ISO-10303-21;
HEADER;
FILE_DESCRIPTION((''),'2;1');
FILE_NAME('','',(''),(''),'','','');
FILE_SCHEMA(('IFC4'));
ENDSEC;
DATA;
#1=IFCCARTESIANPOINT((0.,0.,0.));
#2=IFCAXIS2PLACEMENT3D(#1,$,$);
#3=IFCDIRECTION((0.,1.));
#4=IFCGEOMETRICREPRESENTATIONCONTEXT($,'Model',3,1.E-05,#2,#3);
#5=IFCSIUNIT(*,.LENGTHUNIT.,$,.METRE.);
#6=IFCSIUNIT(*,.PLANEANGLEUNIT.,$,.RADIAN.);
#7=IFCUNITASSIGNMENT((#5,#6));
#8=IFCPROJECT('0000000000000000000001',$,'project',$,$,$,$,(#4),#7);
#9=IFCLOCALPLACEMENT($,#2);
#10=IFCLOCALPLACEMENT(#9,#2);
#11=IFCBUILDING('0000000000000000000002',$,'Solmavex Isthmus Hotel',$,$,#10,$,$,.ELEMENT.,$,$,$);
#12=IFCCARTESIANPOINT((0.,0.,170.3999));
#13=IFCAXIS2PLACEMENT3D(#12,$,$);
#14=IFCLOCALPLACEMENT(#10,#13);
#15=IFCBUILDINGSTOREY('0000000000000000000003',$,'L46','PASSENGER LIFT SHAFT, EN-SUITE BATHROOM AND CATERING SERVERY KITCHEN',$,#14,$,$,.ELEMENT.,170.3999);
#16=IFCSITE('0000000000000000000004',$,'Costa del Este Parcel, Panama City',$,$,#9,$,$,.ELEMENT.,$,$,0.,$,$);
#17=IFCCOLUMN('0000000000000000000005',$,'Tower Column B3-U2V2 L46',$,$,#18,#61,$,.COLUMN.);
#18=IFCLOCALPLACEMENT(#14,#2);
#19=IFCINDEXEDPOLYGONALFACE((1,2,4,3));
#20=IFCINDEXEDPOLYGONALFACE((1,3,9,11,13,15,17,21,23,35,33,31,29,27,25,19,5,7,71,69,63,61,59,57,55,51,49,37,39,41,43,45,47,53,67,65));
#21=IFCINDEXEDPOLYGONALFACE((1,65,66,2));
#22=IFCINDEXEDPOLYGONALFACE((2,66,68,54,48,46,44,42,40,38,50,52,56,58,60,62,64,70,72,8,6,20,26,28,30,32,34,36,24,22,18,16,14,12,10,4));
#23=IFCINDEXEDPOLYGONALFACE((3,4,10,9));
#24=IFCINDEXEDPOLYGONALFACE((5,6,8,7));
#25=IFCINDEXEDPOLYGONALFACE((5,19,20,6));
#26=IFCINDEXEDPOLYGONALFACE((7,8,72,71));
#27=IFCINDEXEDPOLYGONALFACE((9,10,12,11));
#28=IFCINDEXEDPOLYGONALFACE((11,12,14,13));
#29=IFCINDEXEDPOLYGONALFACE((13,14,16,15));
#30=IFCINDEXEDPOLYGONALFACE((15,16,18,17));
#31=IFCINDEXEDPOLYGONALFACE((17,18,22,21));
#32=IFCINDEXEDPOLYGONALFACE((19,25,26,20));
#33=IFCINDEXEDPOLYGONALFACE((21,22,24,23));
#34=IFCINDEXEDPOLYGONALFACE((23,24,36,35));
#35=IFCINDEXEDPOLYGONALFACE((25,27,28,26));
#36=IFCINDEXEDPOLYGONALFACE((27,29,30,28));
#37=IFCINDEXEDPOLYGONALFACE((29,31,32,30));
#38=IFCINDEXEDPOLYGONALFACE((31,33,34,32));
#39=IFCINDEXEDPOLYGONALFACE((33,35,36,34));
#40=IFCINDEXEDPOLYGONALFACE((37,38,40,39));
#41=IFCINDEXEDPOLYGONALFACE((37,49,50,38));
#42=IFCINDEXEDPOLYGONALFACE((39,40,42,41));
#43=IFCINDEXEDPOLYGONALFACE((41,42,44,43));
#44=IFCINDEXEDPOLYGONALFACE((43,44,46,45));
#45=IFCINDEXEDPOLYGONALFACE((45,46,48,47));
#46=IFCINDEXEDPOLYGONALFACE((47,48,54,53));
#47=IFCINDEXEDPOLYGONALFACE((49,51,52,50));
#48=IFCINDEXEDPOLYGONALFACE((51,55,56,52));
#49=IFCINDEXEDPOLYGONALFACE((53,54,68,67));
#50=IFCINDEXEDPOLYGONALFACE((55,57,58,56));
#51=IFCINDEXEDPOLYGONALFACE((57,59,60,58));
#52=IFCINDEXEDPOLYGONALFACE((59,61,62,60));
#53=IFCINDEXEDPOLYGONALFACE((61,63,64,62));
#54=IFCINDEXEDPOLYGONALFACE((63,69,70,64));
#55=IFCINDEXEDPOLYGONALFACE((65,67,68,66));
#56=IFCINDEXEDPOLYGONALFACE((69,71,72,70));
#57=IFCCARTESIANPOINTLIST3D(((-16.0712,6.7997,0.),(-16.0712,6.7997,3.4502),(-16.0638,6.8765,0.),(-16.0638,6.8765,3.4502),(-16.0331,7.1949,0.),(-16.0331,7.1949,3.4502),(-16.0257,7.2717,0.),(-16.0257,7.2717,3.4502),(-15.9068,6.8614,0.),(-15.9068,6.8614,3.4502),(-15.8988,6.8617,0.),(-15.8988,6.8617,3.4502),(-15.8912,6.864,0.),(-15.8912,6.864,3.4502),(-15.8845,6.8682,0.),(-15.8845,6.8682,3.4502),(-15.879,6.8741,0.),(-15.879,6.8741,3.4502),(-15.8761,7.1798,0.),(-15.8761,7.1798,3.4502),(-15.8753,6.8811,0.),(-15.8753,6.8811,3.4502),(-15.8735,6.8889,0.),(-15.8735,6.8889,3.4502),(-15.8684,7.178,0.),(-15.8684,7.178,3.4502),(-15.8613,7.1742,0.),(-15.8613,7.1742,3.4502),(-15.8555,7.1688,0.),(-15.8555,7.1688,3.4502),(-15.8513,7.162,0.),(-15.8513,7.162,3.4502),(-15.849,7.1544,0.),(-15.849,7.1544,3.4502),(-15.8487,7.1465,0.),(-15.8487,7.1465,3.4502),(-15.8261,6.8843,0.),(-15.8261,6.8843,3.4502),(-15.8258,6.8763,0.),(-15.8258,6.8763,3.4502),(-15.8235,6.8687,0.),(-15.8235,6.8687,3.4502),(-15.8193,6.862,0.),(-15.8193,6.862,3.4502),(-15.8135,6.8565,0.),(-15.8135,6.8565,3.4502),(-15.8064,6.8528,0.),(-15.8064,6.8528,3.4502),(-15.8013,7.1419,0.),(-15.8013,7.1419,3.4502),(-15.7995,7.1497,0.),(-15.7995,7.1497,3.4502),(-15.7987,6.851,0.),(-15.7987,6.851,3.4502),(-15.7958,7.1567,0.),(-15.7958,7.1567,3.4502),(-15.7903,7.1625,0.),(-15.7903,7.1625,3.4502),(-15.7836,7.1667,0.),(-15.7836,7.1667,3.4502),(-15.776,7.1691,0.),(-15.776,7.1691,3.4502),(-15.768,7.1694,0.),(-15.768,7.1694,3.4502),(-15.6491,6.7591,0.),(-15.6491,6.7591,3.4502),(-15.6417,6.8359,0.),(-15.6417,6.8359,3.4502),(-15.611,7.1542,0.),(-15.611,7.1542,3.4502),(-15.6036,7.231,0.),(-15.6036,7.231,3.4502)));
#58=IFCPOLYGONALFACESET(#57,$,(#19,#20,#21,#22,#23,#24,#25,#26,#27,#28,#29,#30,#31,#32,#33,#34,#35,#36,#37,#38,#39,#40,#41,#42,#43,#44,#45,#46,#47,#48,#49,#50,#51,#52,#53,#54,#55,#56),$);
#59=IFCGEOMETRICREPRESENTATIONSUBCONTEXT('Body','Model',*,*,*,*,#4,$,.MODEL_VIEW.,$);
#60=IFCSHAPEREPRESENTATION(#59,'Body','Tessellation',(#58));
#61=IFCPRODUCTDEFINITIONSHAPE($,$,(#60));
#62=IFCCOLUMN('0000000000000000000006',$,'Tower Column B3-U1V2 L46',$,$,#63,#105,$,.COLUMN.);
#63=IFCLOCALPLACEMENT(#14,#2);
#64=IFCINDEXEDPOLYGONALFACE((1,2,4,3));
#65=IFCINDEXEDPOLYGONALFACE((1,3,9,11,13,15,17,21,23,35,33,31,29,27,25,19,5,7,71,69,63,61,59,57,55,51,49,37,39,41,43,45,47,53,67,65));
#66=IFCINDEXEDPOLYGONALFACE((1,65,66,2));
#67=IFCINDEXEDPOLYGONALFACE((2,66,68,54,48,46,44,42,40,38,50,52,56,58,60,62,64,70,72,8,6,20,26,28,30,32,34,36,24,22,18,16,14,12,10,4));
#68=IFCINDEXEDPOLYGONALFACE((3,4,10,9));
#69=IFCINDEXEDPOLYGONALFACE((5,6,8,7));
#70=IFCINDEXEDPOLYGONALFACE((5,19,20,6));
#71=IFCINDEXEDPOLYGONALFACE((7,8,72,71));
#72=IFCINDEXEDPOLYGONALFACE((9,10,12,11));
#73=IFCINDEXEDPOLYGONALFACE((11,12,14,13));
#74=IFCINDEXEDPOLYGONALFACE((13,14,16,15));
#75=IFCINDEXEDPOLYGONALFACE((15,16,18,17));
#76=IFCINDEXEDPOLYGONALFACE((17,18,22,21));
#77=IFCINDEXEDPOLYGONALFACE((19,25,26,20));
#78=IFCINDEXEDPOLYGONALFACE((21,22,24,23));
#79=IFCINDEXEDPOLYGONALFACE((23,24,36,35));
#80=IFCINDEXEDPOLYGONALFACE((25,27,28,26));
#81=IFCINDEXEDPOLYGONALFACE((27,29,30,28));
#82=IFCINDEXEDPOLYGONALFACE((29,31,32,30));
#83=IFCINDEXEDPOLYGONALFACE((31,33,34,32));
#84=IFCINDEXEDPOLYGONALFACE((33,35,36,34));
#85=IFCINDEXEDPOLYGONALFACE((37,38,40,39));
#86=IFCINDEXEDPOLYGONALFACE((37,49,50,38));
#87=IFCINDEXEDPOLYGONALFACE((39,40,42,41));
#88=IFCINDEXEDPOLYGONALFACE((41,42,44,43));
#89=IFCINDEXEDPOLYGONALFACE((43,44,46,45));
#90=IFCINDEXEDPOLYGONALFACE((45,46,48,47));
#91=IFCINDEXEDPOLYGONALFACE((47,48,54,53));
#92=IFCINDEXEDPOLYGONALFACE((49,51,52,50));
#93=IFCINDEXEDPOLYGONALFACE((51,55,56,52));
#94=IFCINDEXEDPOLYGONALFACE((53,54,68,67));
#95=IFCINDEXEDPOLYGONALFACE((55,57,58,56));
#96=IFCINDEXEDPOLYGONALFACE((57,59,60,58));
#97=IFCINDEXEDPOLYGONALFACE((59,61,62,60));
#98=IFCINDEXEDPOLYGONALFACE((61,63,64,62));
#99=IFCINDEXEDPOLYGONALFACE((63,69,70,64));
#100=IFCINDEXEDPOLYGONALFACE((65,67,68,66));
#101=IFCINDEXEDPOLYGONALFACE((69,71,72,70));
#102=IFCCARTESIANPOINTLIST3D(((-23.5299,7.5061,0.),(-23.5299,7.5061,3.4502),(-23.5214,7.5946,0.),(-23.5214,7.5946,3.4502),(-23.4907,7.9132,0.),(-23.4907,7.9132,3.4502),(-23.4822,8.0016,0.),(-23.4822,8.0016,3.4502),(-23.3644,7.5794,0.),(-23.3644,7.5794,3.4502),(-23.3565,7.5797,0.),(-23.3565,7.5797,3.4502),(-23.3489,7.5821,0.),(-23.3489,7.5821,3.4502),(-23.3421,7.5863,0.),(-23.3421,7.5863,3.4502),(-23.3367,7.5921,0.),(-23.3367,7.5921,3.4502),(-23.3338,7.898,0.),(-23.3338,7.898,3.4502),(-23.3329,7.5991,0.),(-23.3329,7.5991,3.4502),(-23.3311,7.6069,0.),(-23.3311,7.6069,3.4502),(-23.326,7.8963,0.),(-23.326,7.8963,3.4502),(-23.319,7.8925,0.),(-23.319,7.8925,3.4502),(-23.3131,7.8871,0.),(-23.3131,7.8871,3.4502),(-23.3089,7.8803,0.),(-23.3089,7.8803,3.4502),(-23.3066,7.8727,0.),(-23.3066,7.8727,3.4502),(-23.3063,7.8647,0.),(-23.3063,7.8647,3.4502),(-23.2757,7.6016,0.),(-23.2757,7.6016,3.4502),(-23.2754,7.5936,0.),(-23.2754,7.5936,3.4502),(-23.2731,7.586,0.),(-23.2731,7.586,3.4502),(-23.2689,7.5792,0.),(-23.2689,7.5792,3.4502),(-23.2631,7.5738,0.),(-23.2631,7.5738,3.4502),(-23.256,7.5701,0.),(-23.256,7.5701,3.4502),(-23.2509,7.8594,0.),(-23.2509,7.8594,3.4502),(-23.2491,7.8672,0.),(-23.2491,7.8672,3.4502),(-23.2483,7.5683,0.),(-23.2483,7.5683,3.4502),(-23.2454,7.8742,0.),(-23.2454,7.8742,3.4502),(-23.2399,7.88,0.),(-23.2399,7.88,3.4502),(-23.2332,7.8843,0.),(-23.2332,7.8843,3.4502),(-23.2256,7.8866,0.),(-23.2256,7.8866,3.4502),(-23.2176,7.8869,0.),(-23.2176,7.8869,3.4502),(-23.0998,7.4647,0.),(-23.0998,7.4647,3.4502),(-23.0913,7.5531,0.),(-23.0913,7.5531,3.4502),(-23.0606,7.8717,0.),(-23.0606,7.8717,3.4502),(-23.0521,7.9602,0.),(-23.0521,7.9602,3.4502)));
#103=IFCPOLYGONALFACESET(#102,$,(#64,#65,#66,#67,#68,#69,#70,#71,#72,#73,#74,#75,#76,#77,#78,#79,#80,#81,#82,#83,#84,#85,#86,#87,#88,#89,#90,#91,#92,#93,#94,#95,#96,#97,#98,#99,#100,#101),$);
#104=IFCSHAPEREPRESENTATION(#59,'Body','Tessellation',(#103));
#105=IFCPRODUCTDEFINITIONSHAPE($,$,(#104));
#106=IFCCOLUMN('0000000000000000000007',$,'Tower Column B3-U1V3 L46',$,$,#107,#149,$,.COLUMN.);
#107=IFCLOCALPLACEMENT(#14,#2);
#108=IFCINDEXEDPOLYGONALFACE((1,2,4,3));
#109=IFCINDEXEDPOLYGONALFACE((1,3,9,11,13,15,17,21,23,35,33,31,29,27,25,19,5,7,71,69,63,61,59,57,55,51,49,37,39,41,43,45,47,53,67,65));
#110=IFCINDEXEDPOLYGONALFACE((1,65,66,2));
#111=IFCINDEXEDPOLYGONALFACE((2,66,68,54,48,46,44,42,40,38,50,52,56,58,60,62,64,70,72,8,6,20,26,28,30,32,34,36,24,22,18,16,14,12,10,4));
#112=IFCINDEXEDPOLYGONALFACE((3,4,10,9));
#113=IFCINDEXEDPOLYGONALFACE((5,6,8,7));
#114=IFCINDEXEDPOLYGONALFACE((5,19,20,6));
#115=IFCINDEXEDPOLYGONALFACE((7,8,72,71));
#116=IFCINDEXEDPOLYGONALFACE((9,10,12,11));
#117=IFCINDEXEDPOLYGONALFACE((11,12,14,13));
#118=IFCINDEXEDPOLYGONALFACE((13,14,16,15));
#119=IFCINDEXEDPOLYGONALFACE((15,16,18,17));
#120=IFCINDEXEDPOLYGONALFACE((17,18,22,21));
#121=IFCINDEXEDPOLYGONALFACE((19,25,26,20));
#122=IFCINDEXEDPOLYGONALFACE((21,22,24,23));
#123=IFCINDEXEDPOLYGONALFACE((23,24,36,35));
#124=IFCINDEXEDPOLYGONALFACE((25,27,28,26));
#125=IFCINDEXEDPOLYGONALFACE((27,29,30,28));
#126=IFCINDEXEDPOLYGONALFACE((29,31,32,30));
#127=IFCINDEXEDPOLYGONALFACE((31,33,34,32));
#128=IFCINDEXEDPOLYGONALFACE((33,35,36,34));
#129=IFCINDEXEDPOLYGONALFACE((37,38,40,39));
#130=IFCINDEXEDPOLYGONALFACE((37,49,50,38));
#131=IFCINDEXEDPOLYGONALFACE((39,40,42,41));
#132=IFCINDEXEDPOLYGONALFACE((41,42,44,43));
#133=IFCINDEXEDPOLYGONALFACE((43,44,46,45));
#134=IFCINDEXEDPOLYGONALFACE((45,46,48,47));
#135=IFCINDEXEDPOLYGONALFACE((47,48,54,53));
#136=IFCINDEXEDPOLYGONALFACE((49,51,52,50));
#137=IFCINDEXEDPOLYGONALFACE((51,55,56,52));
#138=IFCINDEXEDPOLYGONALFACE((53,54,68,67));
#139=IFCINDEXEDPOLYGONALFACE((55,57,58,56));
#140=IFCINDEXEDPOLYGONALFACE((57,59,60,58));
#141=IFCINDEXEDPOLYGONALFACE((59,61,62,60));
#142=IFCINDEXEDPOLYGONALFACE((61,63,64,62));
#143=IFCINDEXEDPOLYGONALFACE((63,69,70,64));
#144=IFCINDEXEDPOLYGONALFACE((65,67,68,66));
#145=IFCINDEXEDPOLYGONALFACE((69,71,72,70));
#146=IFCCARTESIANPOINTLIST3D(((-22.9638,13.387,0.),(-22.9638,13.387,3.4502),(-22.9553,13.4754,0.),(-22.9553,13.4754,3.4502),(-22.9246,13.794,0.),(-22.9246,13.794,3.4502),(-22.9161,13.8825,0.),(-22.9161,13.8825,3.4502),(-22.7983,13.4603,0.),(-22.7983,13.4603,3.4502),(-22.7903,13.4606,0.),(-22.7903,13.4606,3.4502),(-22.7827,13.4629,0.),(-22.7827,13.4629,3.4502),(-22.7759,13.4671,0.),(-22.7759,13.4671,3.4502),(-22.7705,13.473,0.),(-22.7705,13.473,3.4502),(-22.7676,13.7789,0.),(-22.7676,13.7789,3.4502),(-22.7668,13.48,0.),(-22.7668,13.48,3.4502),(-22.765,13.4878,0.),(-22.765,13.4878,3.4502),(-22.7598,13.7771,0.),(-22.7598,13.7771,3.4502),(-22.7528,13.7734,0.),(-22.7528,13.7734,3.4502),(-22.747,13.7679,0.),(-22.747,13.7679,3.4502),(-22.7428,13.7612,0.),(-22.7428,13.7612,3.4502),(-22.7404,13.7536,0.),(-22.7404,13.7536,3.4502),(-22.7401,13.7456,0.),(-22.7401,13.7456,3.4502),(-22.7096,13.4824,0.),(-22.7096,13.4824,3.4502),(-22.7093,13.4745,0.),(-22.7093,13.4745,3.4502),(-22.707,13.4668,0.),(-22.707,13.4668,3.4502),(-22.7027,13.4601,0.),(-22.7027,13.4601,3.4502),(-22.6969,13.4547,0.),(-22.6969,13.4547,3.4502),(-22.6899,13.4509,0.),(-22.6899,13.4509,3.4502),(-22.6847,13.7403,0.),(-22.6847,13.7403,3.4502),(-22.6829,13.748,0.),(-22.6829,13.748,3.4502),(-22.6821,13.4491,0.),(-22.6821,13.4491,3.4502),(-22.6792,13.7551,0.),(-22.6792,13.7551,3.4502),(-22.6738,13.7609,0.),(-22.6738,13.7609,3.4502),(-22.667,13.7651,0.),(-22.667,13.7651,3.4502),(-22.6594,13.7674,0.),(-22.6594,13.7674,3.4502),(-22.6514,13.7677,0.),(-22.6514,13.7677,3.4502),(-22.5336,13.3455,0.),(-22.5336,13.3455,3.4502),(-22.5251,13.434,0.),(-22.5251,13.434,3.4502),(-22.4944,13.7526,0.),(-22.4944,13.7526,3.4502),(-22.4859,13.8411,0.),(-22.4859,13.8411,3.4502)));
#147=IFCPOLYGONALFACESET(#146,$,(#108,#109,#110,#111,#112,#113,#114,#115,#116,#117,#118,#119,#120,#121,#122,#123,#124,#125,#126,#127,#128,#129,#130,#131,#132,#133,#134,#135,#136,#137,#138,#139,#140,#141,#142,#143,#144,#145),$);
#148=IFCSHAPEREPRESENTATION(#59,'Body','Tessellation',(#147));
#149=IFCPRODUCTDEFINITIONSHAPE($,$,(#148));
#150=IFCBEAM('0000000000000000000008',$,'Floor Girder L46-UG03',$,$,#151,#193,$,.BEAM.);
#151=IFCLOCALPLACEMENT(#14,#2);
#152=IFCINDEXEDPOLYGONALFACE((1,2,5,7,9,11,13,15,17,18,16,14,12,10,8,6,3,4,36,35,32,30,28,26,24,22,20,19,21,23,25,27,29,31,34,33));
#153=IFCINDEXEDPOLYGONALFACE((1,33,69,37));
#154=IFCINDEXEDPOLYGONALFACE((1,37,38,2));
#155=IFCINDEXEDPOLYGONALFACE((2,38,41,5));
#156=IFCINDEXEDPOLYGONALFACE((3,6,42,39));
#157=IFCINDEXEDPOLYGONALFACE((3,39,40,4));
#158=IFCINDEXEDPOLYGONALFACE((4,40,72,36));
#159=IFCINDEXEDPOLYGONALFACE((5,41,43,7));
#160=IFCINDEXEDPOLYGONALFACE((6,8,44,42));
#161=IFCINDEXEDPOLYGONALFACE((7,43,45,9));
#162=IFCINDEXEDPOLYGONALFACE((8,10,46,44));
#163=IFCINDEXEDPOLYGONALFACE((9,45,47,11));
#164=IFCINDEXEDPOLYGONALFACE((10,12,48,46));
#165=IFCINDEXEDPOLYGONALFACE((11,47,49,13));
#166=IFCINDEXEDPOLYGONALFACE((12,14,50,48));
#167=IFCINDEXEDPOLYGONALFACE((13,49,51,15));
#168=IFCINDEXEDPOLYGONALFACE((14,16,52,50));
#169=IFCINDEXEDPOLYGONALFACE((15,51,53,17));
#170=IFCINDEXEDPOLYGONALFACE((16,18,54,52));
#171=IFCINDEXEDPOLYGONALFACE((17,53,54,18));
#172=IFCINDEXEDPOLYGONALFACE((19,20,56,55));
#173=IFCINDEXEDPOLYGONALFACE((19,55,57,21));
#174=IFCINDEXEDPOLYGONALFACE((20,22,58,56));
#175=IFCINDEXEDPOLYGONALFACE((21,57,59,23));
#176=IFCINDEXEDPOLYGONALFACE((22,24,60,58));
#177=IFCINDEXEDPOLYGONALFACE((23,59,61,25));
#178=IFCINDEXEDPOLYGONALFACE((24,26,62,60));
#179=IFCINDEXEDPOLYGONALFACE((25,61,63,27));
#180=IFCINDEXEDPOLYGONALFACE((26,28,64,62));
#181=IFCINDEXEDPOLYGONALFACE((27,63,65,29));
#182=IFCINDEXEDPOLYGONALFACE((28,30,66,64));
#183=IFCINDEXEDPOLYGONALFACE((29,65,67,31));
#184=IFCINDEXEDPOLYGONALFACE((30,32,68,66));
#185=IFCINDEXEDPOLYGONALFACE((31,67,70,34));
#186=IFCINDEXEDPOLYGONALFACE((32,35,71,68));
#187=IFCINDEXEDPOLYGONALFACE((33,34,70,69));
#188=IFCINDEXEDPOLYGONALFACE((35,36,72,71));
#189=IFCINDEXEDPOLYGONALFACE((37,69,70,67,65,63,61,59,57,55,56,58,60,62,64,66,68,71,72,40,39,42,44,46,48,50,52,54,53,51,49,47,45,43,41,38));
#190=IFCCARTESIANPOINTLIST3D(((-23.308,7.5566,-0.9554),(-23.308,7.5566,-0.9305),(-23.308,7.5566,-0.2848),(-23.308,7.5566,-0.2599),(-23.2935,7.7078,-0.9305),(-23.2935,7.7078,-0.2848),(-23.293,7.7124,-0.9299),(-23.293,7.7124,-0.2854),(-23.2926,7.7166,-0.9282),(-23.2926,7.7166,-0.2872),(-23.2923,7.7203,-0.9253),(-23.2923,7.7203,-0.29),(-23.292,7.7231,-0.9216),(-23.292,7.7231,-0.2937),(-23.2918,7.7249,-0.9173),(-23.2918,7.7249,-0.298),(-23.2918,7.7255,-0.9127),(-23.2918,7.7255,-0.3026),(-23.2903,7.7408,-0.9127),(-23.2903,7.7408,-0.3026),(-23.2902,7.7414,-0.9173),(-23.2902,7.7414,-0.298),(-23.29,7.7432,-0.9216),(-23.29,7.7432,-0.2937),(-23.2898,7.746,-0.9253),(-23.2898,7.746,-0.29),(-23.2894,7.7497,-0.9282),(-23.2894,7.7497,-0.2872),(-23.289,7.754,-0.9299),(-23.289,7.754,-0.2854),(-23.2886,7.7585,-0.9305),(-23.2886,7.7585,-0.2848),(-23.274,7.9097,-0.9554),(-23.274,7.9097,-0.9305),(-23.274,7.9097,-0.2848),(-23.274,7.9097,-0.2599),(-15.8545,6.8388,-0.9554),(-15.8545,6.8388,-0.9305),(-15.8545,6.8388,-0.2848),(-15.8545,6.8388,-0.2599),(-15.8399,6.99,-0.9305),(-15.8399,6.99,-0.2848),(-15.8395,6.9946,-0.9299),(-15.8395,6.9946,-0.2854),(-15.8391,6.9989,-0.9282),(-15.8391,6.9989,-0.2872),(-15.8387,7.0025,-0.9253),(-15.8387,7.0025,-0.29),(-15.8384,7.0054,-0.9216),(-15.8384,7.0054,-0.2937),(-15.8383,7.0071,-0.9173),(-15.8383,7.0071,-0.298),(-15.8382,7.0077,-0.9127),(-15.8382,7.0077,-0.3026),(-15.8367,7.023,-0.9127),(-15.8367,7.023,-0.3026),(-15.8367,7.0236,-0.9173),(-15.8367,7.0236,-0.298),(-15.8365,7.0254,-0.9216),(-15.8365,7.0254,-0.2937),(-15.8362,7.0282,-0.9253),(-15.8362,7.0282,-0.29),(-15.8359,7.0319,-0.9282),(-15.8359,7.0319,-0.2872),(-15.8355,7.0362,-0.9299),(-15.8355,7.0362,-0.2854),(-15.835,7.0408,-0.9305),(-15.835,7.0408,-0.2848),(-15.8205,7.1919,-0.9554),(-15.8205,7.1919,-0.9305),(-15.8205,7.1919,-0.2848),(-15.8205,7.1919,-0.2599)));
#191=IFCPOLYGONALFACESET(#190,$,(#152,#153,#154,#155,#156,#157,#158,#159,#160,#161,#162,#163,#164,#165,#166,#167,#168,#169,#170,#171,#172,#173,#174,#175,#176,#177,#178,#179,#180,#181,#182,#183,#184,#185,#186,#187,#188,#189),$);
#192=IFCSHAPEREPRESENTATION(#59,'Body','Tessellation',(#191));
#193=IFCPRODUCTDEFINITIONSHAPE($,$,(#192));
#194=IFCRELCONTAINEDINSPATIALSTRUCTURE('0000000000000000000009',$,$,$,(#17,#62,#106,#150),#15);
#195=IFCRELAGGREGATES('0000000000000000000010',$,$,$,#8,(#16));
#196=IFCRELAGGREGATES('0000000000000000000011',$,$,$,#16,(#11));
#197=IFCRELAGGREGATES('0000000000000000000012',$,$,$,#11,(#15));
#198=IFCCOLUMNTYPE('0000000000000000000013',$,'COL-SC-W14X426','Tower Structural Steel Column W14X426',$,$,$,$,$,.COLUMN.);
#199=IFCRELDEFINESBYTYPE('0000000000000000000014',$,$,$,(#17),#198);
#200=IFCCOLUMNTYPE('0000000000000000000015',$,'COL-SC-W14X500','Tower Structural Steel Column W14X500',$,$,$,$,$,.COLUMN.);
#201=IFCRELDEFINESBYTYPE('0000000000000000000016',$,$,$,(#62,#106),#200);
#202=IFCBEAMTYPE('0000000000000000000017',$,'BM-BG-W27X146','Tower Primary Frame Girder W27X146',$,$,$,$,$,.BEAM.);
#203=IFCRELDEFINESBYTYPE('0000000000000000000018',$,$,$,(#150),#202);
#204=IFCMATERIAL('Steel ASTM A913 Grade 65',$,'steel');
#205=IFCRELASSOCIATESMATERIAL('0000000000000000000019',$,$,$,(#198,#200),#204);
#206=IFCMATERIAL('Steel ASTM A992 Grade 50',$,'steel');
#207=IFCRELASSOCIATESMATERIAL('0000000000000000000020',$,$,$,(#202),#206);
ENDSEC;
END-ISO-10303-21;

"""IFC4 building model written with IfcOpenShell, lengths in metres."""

from ifc_helpers import new_model, si_unit, direction, frame, origin, origin_2d, place, context, subcontext, project, spatial, i_section, extrude, material, material_profile, profile_set, type_object, element, save


model = new_model("IFC4")

# Units and contexts
model_context = context("Model", 3, precision=1e-05, world=origin(), true_north=direction((0.0, 1.0)))
body_context = subcontext(model_context, "Body", "Model", "MODEL_VIEW")
ifc_project = project(units=[si_unit("LENGTHUNIT", "METRE"), si_unit("PLANEANGLEUNIT", "RADIAN")], contexts=[model_context])

# Site, building, storey
site_placement = place(None, origin())
site = spatial("IfcSite", under=ifc_project, at=site_placement, Name="Costa del Este Parcel, Panama City", CompositionType="ELEMENT", RefElevation=0.0)
building_placement = place(site_placement, origin())
building = spatial("IfcBuilding", under=site, at=building_placement, Name="Solmavex Isthmus Hotel", CompositionType="ELEMENT")
storey_placement = place(building_placement, frame((0.0, 0.0, 170.3999)))
storey = spatial("IfcBuildingStorey", under=building, at=storey_placement, Name="L46", Description="PASSENGER LIFT SHAFT, EN-SUITE BATHROOM AND CATERING SERVERY KITCHEN", CompositionType="ELEMENT", Elevation=170.3999)

# Columns
ifc_material_1 = material(Name="Steel ASTM A913 Grade 65", Category="steel")
ifc_material_profile_1 = material_profile(ifc_material_1, i_section(OverallWidth=0.4241, OverallDepth=0.4741, WebThickness=0.0476, FlangeThickness=0.0771, FilletRadius=0.0305, at=origin_2d()), Name="W14X426")
ifc_profile_set_1 = profile_set([ifc_material_profile_1], Name="Steel ASTM A913 Grade 65")
column_type_1 = type_object("IfcColumnType", Name="COL-SC-W14X426", Description="Tower Structural Steel Column W14X426", PredefinedType="COLUMN", material=ifc_profile_set_1)
column_placement = place(storey_placement, frame((-15.8374, 7.0154, 0.0), z_axis=(0.0, 0.0, 1.0), x_axis=(0.995396, -0.095846, 0.0)))
element("IfcColumn", 1, at=column_placement, inside=storey, type_object=column_type_1, Name="Tower Column B3-U2V2 L46", PredefinedType="COLUMN", context=body_context, shape_type="SweptSolid", body=[
    extrude(i_section(OverallWidth=0.4241, OverallDepth=0.4741, WebThickness=0.0476, FlangeThickness=0.0771, FilletRadius=0.0305, at=origin_2d()), origin(), (0.0, 0.0, 1.0), 3.4502),
])
ifc_material_profile_2 = material_profile(ifc_material_1, i_section(OverallWidth=0.4321, OverallDepth=0.4978, WebThickness=0.0557, FlangeThickness=0.0889, FilletRadius=0.0305, at=origin_2d()), Name="W14X500")
ifc_profile_set_2 = profile_set([ifc_material_profile_2], Name="Steel ASTM A913 Grade 65")
column_type_2 = type_object("IfcColumnType", Name="COL-SC-W14X500", Description="Tower Structural Steel Column W14X500", PredefinedType="COLUMN", material=ifc_profile_set_2)
for number, where, z_axis, x_axis, name in (
    (2, (-23.291, 7.7332, 0.0), (0.0, 0.0, 1.0), (0.995396, -0.095846, 0.0), "Tower Column B3-U1V2 L46"),
    (3, (-22.7249, 13.614, 0.0), (0.0, 0.0, 1.0), (0.995396, -0.095846, 0.0), "Tower Column B3-U1V3 L46"),
):
    element("IfcColumn", number, at=place(storey_placement, frame(where, z_axis=z_axis, x_axis=x_axis)), inside=storey, type_object=column_type_2, Name=name, PredefinedType="COLUMN", context=body_context, shape_type="SweptSolid", body=[
        extrude(i_section(OverallWidth=0.4321, OverallDepth=0.4978, WebThickness=0.0557, FlangeThickness=0.0889, FilletRadius=0.0305, at=origin_2d()), origin(), (0.0, 0.0, 1.0), 3.4502),
    ])

# Beam
ifc_material_2 = material(Name="Steel ASTM A992 Grade 50", Category="steel")
ifc_material_profile_3 = material_profile(ifc_material_2, i_section(OverallWidth=0.3547, OverallDepth=0.6956, WebThickness=0.0154, FlangeThickness=0.0249, FilletRadius=0.0178, at=origin_2d()), Name="W27X146")
ifc_profile_set_3 = profile_set([ifc_material_profile_3], Name="Steel ASTM A992 Grade 50")
beam_type_1 = type_object("IfcBeamType", Name="BM-BG-W27X146", Description="Tower Primary Frame Girder W27X146", PredefinedType="BEAM", material=ifc_profile_set_3)
beam_1_placement = place(storey_placement, frame((-23.291, 7.7332, -0.6077), z_axis=(0.995395, -0.095855, 0.0), x_axis=(0.095855, 0.995395, 0.0)))
element("IfcBeam", 4, at=beam_1_placement, inside=storey, type_object=beam_type_1, Name="Floor Girder L46-UG03", PredefinedType="BEAM", context=body_context, shape_type="SweptSolid", body=[
    extrude(i_section(OverallWidth=0.3547, OverallDepth=0.6956, WebThickness=0.0154, FlangeThickness=0.0249, FilletRadius=0.0178, at=origin_2d()), origin(), (0.0, 0.0, 1.0), 7.488),
])

save(model, "model.ifc")
